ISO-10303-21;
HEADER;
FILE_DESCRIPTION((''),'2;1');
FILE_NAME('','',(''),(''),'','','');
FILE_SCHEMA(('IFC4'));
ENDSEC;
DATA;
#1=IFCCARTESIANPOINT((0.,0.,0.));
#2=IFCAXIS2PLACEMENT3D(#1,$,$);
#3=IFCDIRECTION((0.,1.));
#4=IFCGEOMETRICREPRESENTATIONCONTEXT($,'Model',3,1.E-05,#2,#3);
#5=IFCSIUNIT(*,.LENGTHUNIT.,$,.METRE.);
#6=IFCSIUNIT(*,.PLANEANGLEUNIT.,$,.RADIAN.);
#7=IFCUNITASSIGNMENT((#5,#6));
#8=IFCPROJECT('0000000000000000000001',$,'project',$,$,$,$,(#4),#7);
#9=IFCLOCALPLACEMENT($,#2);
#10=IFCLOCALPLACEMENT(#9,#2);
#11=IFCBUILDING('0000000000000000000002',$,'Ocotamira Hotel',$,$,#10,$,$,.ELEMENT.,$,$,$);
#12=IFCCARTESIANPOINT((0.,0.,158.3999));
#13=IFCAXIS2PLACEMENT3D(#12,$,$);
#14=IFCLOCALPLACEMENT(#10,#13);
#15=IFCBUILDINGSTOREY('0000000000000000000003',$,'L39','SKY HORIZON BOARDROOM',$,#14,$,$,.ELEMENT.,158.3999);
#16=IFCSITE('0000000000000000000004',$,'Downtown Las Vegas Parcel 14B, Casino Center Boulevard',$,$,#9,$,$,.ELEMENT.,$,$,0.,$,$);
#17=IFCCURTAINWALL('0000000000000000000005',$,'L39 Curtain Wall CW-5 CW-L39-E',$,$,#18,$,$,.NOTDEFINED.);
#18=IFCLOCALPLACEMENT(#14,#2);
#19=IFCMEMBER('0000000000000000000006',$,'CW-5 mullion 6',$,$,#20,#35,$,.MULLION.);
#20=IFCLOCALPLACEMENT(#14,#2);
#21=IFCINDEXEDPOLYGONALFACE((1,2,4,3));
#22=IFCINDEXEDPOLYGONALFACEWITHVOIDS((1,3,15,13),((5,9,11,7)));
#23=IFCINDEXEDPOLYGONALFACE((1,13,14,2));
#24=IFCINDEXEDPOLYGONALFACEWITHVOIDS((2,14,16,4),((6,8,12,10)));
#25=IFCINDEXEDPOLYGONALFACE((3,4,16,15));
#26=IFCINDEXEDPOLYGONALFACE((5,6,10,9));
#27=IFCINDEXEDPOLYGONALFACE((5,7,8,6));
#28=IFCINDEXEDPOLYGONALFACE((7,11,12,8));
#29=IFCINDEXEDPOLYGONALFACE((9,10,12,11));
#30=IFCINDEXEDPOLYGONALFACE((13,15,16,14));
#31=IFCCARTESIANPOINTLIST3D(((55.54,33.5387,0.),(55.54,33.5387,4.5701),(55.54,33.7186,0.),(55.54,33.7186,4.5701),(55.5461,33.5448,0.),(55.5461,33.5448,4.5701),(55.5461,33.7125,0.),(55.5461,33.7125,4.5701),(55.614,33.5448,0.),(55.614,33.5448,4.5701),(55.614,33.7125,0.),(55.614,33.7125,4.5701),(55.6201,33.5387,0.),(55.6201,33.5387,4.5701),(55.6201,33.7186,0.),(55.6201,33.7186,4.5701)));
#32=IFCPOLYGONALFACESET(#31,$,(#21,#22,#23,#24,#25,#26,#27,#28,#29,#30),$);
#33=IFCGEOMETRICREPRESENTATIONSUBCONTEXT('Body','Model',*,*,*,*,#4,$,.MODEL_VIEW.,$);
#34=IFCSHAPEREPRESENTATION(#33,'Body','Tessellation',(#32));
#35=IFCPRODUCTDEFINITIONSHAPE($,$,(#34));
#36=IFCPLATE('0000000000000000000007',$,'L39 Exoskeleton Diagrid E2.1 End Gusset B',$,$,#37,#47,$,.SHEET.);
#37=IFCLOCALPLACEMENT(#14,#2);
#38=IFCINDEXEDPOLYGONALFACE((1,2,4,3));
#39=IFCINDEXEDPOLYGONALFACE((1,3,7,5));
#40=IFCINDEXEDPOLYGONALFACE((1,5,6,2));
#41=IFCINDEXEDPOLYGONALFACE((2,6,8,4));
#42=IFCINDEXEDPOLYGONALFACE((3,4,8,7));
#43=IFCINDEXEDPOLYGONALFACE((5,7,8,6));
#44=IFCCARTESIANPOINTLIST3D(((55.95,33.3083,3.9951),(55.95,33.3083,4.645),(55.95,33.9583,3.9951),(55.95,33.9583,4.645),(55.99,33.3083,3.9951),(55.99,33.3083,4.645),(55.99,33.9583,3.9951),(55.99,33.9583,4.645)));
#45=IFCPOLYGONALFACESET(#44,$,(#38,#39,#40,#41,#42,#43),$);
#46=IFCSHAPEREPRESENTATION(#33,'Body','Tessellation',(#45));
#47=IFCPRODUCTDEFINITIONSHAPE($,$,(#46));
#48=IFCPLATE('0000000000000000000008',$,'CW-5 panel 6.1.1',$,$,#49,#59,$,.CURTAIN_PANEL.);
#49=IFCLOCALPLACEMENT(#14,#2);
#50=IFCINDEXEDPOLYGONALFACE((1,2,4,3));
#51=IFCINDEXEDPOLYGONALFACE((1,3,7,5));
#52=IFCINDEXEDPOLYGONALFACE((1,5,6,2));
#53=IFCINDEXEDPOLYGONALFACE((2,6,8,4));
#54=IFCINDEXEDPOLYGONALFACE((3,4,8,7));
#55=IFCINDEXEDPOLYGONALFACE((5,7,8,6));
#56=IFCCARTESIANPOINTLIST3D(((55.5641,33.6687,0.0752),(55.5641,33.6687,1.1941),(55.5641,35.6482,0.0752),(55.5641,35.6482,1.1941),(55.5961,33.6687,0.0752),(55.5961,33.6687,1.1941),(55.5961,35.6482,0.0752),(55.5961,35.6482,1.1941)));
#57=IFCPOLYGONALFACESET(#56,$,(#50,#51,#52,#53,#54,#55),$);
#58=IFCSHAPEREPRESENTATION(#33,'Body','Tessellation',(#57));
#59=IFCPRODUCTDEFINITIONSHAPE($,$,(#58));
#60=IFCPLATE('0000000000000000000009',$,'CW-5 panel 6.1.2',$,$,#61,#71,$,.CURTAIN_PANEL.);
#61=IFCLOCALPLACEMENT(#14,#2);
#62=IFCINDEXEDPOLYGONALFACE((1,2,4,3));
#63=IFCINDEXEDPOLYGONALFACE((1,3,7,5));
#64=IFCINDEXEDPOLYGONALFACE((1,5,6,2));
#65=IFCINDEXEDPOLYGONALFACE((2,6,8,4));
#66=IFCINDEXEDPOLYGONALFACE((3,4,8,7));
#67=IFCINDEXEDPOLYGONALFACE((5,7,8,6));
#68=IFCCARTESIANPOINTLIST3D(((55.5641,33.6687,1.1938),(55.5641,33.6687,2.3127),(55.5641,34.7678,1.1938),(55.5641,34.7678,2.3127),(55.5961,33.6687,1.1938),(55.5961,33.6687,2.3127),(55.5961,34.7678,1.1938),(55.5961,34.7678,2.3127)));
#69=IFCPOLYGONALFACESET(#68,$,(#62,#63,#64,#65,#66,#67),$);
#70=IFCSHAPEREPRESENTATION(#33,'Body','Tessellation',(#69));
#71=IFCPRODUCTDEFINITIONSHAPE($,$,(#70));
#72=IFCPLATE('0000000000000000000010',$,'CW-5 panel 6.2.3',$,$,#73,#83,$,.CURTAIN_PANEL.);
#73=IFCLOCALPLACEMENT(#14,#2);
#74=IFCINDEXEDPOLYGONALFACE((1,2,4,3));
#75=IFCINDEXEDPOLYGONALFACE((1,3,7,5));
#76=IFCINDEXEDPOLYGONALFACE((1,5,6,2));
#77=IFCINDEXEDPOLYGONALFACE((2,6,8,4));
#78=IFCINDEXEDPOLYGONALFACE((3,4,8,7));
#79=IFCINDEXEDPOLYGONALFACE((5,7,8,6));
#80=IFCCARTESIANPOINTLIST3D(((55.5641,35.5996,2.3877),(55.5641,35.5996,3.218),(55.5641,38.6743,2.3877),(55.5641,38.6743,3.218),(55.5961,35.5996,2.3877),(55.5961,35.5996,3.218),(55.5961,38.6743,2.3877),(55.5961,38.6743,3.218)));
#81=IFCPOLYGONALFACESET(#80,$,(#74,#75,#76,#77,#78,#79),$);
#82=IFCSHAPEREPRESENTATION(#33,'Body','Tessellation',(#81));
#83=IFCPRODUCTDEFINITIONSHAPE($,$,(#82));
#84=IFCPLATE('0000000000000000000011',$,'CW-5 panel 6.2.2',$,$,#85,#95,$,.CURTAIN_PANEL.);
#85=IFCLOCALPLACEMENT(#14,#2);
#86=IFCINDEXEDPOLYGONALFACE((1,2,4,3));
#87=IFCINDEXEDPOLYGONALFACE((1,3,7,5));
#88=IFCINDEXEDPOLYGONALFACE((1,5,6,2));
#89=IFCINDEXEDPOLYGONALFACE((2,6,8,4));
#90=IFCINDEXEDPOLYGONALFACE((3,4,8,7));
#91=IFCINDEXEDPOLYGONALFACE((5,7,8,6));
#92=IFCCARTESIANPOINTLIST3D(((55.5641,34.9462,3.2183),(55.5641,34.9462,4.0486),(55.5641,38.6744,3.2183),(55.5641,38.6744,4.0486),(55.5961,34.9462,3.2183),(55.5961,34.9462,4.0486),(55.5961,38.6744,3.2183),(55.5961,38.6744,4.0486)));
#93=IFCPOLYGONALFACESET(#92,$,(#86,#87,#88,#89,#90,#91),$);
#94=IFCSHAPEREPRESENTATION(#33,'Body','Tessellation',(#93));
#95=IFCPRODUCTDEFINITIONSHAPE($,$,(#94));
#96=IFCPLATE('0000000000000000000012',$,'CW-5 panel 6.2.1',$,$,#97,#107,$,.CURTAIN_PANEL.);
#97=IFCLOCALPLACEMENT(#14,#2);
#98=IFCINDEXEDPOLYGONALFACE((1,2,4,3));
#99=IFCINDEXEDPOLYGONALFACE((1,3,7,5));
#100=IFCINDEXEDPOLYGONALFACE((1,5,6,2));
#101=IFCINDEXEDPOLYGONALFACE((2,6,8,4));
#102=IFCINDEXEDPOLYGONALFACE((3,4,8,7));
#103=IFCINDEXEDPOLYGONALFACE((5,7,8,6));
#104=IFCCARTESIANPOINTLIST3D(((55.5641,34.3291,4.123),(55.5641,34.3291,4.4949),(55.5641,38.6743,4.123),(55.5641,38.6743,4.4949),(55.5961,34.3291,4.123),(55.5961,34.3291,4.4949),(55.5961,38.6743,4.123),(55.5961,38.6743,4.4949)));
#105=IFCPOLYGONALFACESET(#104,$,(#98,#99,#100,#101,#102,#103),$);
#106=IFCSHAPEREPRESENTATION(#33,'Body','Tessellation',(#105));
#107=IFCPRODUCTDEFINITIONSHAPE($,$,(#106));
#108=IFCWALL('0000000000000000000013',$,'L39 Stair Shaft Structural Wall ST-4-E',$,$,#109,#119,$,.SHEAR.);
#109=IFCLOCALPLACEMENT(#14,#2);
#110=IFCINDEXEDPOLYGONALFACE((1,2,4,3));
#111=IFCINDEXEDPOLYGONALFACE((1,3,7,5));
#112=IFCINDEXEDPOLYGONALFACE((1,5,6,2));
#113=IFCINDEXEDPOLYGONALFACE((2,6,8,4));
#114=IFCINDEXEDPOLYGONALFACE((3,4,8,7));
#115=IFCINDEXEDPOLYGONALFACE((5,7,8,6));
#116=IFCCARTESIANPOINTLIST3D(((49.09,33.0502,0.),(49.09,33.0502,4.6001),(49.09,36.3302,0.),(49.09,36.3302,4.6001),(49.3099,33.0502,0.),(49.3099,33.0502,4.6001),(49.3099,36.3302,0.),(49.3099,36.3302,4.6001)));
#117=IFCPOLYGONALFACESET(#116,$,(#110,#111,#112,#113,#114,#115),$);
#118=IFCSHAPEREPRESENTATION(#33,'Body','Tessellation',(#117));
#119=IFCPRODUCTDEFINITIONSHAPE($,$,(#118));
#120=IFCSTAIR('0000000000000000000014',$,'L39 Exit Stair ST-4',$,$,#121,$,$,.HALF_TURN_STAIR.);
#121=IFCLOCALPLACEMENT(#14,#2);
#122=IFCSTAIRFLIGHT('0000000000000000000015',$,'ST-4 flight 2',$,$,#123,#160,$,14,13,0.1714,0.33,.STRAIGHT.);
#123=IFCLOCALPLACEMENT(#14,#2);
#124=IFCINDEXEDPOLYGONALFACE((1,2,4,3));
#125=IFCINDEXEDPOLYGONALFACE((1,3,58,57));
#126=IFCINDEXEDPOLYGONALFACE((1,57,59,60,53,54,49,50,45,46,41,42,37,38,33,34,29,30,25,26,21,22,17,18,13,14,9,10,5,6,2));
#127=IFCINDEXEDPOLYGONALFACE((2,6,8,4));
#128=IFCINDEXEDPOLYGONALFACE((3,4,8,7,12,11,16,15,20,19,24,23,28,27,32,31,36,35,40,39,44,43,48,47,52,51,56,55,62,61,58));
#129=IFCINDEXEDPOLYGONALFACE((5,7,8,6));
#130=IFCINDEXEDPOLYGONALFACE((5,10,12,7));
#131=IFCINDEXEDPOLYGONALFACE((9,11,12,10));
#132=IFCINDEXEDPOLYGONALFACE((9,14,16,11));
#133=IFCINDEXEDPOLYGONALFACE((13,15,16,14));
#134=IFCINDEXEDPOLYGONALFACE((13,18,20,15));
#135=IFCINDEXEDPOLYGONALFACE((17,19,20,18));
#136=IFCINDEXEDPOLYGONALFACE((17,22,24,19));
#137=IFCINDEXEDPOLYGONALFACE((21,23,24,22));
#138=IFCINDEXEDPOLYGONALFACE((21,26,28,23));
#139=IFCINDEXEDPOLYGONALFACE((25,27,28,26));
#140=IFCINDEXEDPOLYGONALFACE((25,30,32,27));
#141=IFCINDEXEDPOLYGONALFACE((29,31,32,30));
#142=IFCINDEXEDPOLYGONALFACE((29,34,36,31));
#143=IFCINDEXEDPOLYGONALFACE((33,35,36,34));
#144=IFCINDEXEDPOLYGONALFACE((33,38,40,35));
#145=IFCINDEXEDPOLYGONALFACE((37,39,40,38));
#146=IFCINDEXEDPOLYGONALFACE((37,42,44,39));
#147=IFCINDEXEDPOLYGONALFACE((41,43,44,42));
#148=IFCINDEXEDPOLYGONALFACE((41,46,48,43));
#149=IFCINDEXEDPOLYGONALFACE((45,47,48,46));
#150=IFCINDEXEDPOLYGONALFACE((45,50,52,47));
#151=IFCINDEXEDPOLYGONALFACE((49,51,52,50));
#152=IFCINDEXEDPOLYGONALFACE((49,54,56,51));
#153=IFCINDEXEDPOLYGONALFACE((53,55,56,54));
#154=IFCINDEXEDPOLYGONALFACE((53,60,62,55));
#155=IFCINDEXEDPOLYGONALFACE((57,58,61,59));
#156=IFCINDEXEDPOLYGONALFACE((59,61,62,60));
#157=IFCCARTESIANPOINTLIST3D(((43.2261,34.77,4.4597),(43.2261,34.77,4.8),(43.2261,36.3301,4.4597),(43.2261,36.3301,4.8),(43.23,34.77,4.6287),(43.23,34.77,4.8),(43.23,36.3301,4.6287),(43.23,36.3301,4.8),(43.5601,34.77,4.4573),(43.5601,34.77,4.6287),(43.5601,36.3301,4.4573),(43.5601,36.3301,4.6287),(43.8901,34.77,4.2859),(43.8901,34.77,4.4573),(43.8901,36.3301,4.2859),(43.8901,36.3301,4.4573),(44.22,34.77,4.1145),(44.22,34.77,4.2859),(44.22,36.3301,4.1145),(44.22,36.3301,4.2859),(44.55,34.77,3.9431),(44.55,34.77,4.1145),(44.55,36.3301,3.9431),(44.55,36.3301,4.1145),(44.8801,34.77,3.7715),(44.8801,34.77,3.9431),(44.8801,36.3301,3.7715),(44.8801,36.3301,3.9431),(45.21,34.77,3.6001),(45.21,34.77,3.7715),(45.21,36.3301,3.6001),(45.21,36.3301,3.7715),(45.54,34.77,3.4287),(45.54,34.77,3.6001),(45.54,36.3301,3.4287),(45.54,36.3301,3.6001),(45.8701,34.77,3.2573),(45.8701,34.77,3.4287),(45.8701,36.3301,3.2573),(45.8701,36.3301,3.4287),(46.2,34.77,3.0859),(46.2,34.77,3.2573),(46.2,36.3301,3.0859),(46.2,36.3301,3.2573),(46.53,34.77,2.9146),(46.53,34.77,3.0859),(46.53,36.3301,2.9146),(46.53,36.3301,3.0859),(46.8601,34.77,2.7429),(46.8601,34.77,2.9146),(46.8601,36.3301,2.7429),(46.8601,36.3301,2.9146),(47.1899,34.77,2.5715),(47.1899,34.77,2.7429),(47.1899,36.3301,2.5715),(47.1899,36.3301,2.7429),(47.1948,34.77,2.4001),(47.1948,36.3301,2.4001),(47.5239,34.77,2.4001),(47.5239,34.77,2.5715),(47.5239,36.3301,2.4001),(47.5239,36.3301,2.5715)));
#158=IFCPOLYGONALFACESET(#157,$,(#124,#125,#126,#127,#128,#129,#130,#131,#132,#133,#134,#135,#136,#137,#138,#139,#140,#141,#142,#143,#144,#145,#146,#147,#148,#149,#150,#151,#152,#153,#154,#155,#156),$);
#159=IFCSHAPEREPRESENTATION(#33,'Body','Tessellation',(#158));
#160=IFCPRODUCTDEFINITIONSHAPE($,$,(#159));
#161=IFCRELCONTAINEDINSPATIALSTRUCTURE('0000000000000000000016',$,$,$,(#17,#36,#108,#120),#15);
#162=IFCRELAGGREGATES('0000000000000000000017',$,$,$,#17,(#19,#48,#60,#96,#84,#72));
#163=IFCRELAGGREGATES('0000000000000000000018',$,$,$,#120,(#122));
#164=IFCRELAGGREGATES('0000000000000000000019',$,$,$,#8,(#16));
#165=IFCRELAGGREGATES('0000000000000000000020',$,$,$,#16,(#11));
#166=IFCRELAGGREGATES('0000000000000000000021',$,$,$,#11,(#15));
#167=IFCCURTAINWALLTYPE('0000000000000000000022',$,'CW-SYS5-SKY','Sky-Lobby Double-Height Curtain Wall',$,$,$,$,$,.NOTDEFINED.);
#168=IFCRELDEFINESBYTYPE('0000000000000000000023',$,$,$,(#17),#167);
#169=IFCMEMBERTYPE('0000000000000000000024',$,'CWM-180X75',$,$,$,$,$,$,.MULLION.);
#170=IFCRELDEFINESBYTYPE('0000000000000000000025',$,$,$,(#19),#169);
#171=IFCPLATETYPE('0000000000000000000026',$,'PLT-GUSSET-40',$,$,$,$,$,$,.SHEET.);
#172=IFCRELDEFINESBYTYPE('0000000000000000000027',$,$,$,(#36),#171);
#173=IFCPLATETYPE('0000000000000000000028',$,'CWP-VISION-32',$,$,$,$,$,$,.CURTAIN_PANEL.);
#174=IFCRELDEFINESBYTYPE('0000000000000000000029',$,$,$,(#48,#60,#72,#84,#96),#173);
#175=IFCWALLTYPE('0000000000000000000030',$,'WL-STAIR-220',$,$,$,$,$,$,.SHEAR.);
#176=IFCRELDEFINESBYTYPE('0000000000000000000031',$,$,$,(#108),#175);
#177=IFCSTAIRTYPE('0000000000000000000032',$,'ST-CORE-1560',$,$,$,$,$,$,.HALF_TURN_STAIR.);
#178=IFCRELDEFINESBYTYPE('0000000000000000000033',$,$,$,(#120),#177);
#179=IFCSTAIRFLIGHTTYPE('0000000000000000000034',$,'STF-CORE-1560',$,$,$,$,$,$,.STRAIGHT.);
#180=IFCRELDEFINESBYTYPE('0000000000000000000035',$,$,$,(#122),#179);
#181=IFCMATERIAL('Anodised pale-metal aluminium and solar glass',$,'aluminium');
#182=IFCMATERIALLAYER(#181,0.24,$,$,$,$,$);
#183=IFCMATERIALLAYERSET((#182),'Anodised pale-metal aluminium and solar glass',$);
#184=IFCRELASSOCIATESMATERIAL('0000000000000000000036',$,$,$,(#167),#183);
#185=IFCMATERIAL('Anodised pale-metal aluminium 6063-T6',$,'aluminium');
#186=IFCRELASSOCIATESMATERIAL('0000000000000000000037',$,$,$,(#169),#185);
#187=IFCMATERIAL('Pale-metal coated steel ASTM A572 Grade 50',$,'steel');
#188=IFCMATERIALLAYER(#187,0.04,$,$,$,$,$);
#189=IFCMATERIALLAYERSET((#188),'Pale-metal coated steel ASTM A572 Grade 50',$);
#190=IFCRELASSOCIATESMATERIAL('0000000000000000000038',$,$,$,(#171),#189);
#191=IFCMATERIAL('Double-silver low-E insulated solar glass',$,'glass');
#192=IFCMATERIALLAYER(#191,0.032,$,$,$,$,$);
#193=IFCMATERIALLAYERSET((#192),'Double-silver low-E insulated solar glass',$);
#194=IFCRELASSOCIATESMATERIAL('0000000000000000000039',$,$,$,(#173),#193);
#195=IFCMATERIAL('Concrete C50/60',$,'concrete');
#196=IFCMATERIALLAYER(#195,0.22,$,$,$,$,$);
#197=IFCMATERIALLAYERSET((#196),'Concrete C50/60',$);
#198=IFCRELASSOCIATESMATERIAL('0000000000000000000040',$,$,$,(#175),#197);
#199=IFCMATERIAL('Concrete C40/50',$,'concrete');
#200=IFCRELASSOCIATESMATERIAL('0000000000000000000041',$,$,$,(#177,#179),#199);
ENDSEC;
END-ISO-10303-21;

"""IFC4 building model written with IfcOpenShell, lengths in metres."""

from ifc_helpers import new_model, si_unit, direction, frame, frame_2d, origin, origin_2d, place, context, subcontext, project, spatial, polyline, rectangle, hollow_rectangle, outline, extrude, source, transform, mapped, material, layer, layer_set, material_profile, profile_set, type_object, element, aggregate, save


model = new_model("IFC4")

# Units and contexts
model_context = context("Model", 3, precision=1e-05, world=origin(), true_north=direction((0.0, 1.0)))
body_context = subcontext(model_context, "Body", "Model", "MODEL_VIEW")
ifc_project = project(units=[si_unit("LENGTHUNIT", "METRE"), si_unit("PLANEANGLEUNIT", "RADIAN")], contexts=[model_context])

# Site, building, storey
site_placement = place(None, origin())
site = spatial("IfcSite", under=ifc_project, at=site_placement, Name="Downtown Las Vegas Parcel 14B, Casino Center Boulevard", CompositionType="ELEMENT", RefElevation=0.0)
building_placement = place(site_placement, origin())
building = spatial("IfcBuilding", under=site, at=building_placement, Name="Ocotamira Hotel", CompositionType="ELEMENT")
storey_placement = place(building_placement, frame((0.0, 0.0, 158.3999)))
storey = spatial("IfcBuildingStorey", under=building, at=storey_placement, Name="L39", Description="SKY HORIZON BOARDROOM", CompositionType="ELEMENT", Elevation=158.3999)

# Curtain wall, member
ifc_material_1 = material(Name="Anodised pale-metal aluminium and solar glass", Category="aluminium")
ifc_layer_1 = layer(ifc_material_1, 0.24)
ifc_layer_set_1 = layer_set([ifc_layer_1], Name="Anodised pale-metal aluminium and solar glass")
curtain_wall_type = type_object("IfcCurtainWallType", Name="CW-SYS5-SKY", Description="Sky-Lobby Double-Height Curtain Wall", PredefinedType="NOTDEFINED", material=ifc_layer_set_1)
curtain_wall_placement = place(storey_placement, origin())
curtain_wall = element("IfcCurtainWall", 1, at=curtain_wall_placement, inside=storey, type_object=curtain_wall_type, Name="L39 Curtain Wall CW-5 CW-L39-E", PredefinedType="NOTDEFINED")
ifc_material_2 = material(Name="Anodised pale-metal aluminium 6063-T6", Category="aluminium")
ifc_material_profile_1 = material_profile(ifc_material_2, hollow_rectangle(XDim=0.0801, YDim=0.1799, WallThickness=0.0061, at=origin_2d()), Name="HSS180X80X6")
ifc_profile_set_1 = profile_set([ifc_material_profile_1], Name="Anodised pale-metal aluminium 6063-T6")
member_type_1 = type_object("IfcMemberType", Name="CWM-180X75", PredefinedType="MULLION", material=ifc_profile_set_1)
shared_shape_1 = source(origin(), body_context, "Body", "SweptSolid", [
    extrude(hollow_rectangle(XDim=0.0801, YDim=0.1799, WallThickness=0.0061, at=origin_2d()), origin(), (0.0, 0.0, 1.0), 4.5701),
])
member_1_placement = place(storey_placement, frame((55.5801, 33.6287, 0.0), z_axis=(0.0, 0.0, 1.0), x_axis=(-1.0, 0.0, 0.0)))
member_1 = element("IfcMember", 2, at=member_1_placement, type_object=member_type_1, Name="CW-5 mullion 6", PredefinedType="MULLION", context=body_context, shape_type="MappedRepresentation", body=[
    mapped(shared_shape_1, transform((0.0, 0.0, 0.0), scale=1.0)),
])

# Plates
ifc_material_3 = material(Name="Pale-metal coated steel ASTM A572 Grade 50", Category="steel")
ifc_layer_2 = layer(ifc_material_3, 0.04)
ifc_layer_set_2 = layer_set([ifc_layer_2], Name="Pale-metal coated steel ASTM A572 Grade 50")
plate_type_1 = type_object("IfcPlateType", Name="PLT-GUSSET-40", PredefinedType="SHEET", material=ifc_layer_set_2)
shared_shape_2 = source(origin(), body_context, "Body", "SweptSolid", [
    extrude(rectangle(XDim=0.04, YDim=0.6499, at=origin_2d()), origin(), (0.0, 0.0, 1.0), 0.6499),
])
plate_1_placement = place(storey_placement, frame((55.97, 33.6333, 3.9951), z_axis=(0.0, 0.0, 1.0), x_axis=(1.0, 0.0, 0.0)))
element("IfcPlate", 3, at=plate_1_placement, inside=storey, type_object=plate_type_1, Name="L39 Exoskeleton Diagrid E2.1 End Gusset B", PredefinedType="SHEET", context=body_context, shape_type="MappedRepresentation", body=[
    mapped(shared_shape_2, transform((0.0, 0.0, 0.0), scale=1.0)),
])
ifc_material_4 = material(Name="Double-silver low-E insulated solar glass", Category="glass")
ifc_layer_3 = layer(ifc_material_4, 0.032)
ifc_layer_set_3 = layer_set([ifc_layer_3], Name="Double-silver low-E insulated solar glass")
plate_type_2 = type_object("IfcPlateType", Name="CWP-VISION-32", PredefinedType="CURTAIN_PANEL", material=ifc_layer_set_3)
shared_shape_3 = source(origin(), body_context, "Body", "SweptSolid", [
    extrude(rectangle(XDim=1.9795, YDim=0.032, at=origin_2d()), origin(), (0.0, 0.0, 1.0), 1.1189),
])
plate_2_placement = place(storey_placement, frame((55.5801, 34.6584, 0.0752), z_axis=(0.0, 0.0, 1.0), x_axis=(0.0, 1.0, 0.0)))
plate_2 = element("IfcPlate", 4, at=plate_2_placement, type_object=plate_type_2, Name="CW-5 panel 6.1.1", PredefinedType="CURTAIN_PANEL", context=body_context, shape_type="MappedRepresentation", body=[
    mapped(shared_shape_3, transform((0.0, 0.0, 0.0), scale=1.0)),
])
shared_shape_4 = source(origin(), body_context, "Body", "SweptSolid", [
    extrude(rectangle(XDim=1.0991, YDim=0.032, at=origin_2d()), origin(), (0.0, 0.0, 1.0), 1.1189),
])
plate_3_placement = place(storey_placement, frame((55.5801, 34.2183, 1.1938), z_axis=(0.0, 0.0, 1.0), x_axis=(0.0, 1.0, 0.0)))
plate_3 = element("IfcPlate", 5, at=plate_3_placement, type_object=plate_type_2, Name="CW-5 panel 6.1.2", PredefinedType="CURTAIN_PANEL", context=body_context, shape_type="MappedRepresentation", body=[
    mapped(shared_shape_4, transform((0.0, 0.0, 0.0), scale=1.0)),
])
shared_shape_5 = source(origin(), body_context, "Body", "SweptSolid", [
    extrude(rectangle(XDim=3.0747, YDim=0.032, at=origin_2d()), origin(), (0.0, 0.0, 1.0), 0.8303),
])
plate_4_placement = place(storey_placement, frame((55.5801, 37.137, 2.3877), z_axis=(0.0, 0.0, 1.0), x_axis=(0.0, 1.0, 0.0)))
plate_4 = element("IfcPlate", 6, at=plate_4_placement, type_object=plate_type_2, Name="CW-5 panel 6.2.3", PredefinedType="CURTAIN_PANEL", context=body_context, shape_type="MappedRepresentation", body=[
    mapped(shared_shape_5, transform((0.0, 0.0, 0.0), scale=1.0)),
])
shared_shape_6 = source(origin(), body_context, "Body", "SweptSolid", [
    extrude(rectangle(XDim=3.7283, YDim=0.032, at=origin_2d()), origin(), (0.0, 0.0, 1.0), 0.8303),
])
plate_5_placement = place(storey_placement, frame((55.5801, 36.8103, 3.2183), z_axis=(0.0, 0.0, 1.0), x_axis=(0.0, 1.0, 0.0)))
plate_5 = element("IfcPlate", 7, at=plate_5_placement, type_object=plate_type_2, Name="CW-5 panel 6.2.2", PredefinedType="CURTAIN_PANEL", context=body_context, shape_type="MappedRepresentation", body=[
    mapped(shared_shape_6, transform((0.0, 0.0, 0.0), scale=1.0)),
])
shared_shape_7 = source(origin(), body_context, "Body", "SweptSolid", [
    extrude(rectangle(XDim=4.3452, YDim=0.032, at=origin_2d()), origin(), (0.0, 0.0, 1.0), 0.3718),
])
plate_6_placement = place(storey_placement, frame((55.5801, 36.5017, 4.123), z_axis=(0.0, 0.0, 1.0), x_axis=(0.0, 1.0, 0.0)))
plate_6 = element("IfcPlate", 8, at=plate_6_placement, type_object=plate_type_2, Name="CW-5 panel 6.2.1", PredefinedType="CURTAIN_PANEL", context=body_context, shape_type="MappedRepresentation", body=[
    mapped(shared_shape_7, transform((0.0, 0.0, 0.0), scale=1.0)),
])
aggregate(curtain_wall, [member_1, plate_2, plate_3, plate_6, plate_5, plate_4])

# Wall
ifc_material_5 = material(Name="Concrete C50/60", Category="concrete")
ifc_layer_4 = layer(ifc_material_5, 0.22)
ifc_layer_set_4 = layer_set([ifc_layer_4], Name="Concrete C50/60")
wall_type_1 = type_object("IfcWallType", Name="WL-STAIR-220", PredefinedType="SHEAR", material=ifc_layer_set_4)
wall_1_placement = place(storey_placement, frame((49.2, 33.05, 0.0), z_axis=(0.0, 0.0, 1.0), x_axis=(0.0, 1.0, 0.0)))
element("IfcWall", 9, at=wall_1_placement, inside=storey, type_object=wall_type_1, Name="L39 Stair Shaft Structural Wall ST-4-E", PredefinedType="SHEAR", context=body_context, shape_type="SweptSolid", body=[
    extrude(rectangle(XDim=3.28, YDim=0.22, at=frame_2d((1.6401, 0.0))), origin(), (0.0, 0.0, 1.0), 4.6001),
])

# Stair, stair flight
ifc_material_6 = material(Name="Concrete C40/50", Category="concrete")
stair_type = type_object("IfcStairType", Name="ST-CORE-1560", PredefinedType="HALF_TURN_STAIR", material=ifc_material_6)
stair_placement = place(storey_placement, origin())
stair = element("IfcStair", 10, at=stair_placement, inside=storey, type_object=stair_type, Name="L39 Exit Stair ST-4", PredefinedType="HALF_TURN_STAIR")
stair_flight_type = type_object("IfcStairFlightType", Name="STF-CORE-1560", PredefinedType="STRAIGHT", material=ifc_material_6)
shared_shape_8 = source(origin(), body_context, "Body", "SweptSolid", [
    extrude(outline(polyline([(-0.0039, 0.0), (-0.0039, 0.1714), (0.3301, 0.1714), (0.3301, 0.3428), (0.6599, 0.3428), (0.6599, 0.5144), (0.99, 0.5144), (0.99, 0.6858), (1.3201, 0.6858), (1.3201, 0.8572), (1.6499, 0.8572), (1.6499, 1.0286), (1.98, 1.0286), (1.98, 1.2), (2.3101, 1.2), (2.3101, 1.3713), (2.6399, 1.3713), (2.6399, 1.543), (2.97, 1.543), (2.97, 1.7144), (3.3, 1.7144), (3.3, 1.8857), (3.6299, 1.8857), (3.6299, 2.0571), (3.96, 2.0571), (3.96, 2.2285), (4.29, 2.2285), (4.29, 2.3999), (4.2939, 2.3999), (4.2939, 2.0596), (0.3252, 0.0), (-0.0039, 0.0)])), frame((0.0, 0.78, 0.0), z_axis=(0.0, -1.0, 0.0), x_axis=(1.0, 0.0, 0.0)), (0.0, 0.0, 1.0), 1.5601),
])
stair_flight_placement = place(storey_placement, frame((47.52, 35.55, 2.4001), z_axis=(0.0, 0.0, 1.0), x_axis=(-1.0, 0.0, 0.0)))
stair_flight = element("IfcStairFlight", 11, at=stair_flight_placement, type_object=stair_flight_type, Name="ST-4 flight 2", NumberOfRisers=14, NumberOfTreads=13, PredefinedType="STRAIGHT", RiserHeight=0.1714, TreadLength=0.33, context=body_context, shape_type="MappedRepresentation", body=[
    mapped(shared_shape_8, transform((0.0, 0.0, 0.0), scale=1.0)),
])
aggregate(stair, [stair_flight])

save(model, "model.ifc")
